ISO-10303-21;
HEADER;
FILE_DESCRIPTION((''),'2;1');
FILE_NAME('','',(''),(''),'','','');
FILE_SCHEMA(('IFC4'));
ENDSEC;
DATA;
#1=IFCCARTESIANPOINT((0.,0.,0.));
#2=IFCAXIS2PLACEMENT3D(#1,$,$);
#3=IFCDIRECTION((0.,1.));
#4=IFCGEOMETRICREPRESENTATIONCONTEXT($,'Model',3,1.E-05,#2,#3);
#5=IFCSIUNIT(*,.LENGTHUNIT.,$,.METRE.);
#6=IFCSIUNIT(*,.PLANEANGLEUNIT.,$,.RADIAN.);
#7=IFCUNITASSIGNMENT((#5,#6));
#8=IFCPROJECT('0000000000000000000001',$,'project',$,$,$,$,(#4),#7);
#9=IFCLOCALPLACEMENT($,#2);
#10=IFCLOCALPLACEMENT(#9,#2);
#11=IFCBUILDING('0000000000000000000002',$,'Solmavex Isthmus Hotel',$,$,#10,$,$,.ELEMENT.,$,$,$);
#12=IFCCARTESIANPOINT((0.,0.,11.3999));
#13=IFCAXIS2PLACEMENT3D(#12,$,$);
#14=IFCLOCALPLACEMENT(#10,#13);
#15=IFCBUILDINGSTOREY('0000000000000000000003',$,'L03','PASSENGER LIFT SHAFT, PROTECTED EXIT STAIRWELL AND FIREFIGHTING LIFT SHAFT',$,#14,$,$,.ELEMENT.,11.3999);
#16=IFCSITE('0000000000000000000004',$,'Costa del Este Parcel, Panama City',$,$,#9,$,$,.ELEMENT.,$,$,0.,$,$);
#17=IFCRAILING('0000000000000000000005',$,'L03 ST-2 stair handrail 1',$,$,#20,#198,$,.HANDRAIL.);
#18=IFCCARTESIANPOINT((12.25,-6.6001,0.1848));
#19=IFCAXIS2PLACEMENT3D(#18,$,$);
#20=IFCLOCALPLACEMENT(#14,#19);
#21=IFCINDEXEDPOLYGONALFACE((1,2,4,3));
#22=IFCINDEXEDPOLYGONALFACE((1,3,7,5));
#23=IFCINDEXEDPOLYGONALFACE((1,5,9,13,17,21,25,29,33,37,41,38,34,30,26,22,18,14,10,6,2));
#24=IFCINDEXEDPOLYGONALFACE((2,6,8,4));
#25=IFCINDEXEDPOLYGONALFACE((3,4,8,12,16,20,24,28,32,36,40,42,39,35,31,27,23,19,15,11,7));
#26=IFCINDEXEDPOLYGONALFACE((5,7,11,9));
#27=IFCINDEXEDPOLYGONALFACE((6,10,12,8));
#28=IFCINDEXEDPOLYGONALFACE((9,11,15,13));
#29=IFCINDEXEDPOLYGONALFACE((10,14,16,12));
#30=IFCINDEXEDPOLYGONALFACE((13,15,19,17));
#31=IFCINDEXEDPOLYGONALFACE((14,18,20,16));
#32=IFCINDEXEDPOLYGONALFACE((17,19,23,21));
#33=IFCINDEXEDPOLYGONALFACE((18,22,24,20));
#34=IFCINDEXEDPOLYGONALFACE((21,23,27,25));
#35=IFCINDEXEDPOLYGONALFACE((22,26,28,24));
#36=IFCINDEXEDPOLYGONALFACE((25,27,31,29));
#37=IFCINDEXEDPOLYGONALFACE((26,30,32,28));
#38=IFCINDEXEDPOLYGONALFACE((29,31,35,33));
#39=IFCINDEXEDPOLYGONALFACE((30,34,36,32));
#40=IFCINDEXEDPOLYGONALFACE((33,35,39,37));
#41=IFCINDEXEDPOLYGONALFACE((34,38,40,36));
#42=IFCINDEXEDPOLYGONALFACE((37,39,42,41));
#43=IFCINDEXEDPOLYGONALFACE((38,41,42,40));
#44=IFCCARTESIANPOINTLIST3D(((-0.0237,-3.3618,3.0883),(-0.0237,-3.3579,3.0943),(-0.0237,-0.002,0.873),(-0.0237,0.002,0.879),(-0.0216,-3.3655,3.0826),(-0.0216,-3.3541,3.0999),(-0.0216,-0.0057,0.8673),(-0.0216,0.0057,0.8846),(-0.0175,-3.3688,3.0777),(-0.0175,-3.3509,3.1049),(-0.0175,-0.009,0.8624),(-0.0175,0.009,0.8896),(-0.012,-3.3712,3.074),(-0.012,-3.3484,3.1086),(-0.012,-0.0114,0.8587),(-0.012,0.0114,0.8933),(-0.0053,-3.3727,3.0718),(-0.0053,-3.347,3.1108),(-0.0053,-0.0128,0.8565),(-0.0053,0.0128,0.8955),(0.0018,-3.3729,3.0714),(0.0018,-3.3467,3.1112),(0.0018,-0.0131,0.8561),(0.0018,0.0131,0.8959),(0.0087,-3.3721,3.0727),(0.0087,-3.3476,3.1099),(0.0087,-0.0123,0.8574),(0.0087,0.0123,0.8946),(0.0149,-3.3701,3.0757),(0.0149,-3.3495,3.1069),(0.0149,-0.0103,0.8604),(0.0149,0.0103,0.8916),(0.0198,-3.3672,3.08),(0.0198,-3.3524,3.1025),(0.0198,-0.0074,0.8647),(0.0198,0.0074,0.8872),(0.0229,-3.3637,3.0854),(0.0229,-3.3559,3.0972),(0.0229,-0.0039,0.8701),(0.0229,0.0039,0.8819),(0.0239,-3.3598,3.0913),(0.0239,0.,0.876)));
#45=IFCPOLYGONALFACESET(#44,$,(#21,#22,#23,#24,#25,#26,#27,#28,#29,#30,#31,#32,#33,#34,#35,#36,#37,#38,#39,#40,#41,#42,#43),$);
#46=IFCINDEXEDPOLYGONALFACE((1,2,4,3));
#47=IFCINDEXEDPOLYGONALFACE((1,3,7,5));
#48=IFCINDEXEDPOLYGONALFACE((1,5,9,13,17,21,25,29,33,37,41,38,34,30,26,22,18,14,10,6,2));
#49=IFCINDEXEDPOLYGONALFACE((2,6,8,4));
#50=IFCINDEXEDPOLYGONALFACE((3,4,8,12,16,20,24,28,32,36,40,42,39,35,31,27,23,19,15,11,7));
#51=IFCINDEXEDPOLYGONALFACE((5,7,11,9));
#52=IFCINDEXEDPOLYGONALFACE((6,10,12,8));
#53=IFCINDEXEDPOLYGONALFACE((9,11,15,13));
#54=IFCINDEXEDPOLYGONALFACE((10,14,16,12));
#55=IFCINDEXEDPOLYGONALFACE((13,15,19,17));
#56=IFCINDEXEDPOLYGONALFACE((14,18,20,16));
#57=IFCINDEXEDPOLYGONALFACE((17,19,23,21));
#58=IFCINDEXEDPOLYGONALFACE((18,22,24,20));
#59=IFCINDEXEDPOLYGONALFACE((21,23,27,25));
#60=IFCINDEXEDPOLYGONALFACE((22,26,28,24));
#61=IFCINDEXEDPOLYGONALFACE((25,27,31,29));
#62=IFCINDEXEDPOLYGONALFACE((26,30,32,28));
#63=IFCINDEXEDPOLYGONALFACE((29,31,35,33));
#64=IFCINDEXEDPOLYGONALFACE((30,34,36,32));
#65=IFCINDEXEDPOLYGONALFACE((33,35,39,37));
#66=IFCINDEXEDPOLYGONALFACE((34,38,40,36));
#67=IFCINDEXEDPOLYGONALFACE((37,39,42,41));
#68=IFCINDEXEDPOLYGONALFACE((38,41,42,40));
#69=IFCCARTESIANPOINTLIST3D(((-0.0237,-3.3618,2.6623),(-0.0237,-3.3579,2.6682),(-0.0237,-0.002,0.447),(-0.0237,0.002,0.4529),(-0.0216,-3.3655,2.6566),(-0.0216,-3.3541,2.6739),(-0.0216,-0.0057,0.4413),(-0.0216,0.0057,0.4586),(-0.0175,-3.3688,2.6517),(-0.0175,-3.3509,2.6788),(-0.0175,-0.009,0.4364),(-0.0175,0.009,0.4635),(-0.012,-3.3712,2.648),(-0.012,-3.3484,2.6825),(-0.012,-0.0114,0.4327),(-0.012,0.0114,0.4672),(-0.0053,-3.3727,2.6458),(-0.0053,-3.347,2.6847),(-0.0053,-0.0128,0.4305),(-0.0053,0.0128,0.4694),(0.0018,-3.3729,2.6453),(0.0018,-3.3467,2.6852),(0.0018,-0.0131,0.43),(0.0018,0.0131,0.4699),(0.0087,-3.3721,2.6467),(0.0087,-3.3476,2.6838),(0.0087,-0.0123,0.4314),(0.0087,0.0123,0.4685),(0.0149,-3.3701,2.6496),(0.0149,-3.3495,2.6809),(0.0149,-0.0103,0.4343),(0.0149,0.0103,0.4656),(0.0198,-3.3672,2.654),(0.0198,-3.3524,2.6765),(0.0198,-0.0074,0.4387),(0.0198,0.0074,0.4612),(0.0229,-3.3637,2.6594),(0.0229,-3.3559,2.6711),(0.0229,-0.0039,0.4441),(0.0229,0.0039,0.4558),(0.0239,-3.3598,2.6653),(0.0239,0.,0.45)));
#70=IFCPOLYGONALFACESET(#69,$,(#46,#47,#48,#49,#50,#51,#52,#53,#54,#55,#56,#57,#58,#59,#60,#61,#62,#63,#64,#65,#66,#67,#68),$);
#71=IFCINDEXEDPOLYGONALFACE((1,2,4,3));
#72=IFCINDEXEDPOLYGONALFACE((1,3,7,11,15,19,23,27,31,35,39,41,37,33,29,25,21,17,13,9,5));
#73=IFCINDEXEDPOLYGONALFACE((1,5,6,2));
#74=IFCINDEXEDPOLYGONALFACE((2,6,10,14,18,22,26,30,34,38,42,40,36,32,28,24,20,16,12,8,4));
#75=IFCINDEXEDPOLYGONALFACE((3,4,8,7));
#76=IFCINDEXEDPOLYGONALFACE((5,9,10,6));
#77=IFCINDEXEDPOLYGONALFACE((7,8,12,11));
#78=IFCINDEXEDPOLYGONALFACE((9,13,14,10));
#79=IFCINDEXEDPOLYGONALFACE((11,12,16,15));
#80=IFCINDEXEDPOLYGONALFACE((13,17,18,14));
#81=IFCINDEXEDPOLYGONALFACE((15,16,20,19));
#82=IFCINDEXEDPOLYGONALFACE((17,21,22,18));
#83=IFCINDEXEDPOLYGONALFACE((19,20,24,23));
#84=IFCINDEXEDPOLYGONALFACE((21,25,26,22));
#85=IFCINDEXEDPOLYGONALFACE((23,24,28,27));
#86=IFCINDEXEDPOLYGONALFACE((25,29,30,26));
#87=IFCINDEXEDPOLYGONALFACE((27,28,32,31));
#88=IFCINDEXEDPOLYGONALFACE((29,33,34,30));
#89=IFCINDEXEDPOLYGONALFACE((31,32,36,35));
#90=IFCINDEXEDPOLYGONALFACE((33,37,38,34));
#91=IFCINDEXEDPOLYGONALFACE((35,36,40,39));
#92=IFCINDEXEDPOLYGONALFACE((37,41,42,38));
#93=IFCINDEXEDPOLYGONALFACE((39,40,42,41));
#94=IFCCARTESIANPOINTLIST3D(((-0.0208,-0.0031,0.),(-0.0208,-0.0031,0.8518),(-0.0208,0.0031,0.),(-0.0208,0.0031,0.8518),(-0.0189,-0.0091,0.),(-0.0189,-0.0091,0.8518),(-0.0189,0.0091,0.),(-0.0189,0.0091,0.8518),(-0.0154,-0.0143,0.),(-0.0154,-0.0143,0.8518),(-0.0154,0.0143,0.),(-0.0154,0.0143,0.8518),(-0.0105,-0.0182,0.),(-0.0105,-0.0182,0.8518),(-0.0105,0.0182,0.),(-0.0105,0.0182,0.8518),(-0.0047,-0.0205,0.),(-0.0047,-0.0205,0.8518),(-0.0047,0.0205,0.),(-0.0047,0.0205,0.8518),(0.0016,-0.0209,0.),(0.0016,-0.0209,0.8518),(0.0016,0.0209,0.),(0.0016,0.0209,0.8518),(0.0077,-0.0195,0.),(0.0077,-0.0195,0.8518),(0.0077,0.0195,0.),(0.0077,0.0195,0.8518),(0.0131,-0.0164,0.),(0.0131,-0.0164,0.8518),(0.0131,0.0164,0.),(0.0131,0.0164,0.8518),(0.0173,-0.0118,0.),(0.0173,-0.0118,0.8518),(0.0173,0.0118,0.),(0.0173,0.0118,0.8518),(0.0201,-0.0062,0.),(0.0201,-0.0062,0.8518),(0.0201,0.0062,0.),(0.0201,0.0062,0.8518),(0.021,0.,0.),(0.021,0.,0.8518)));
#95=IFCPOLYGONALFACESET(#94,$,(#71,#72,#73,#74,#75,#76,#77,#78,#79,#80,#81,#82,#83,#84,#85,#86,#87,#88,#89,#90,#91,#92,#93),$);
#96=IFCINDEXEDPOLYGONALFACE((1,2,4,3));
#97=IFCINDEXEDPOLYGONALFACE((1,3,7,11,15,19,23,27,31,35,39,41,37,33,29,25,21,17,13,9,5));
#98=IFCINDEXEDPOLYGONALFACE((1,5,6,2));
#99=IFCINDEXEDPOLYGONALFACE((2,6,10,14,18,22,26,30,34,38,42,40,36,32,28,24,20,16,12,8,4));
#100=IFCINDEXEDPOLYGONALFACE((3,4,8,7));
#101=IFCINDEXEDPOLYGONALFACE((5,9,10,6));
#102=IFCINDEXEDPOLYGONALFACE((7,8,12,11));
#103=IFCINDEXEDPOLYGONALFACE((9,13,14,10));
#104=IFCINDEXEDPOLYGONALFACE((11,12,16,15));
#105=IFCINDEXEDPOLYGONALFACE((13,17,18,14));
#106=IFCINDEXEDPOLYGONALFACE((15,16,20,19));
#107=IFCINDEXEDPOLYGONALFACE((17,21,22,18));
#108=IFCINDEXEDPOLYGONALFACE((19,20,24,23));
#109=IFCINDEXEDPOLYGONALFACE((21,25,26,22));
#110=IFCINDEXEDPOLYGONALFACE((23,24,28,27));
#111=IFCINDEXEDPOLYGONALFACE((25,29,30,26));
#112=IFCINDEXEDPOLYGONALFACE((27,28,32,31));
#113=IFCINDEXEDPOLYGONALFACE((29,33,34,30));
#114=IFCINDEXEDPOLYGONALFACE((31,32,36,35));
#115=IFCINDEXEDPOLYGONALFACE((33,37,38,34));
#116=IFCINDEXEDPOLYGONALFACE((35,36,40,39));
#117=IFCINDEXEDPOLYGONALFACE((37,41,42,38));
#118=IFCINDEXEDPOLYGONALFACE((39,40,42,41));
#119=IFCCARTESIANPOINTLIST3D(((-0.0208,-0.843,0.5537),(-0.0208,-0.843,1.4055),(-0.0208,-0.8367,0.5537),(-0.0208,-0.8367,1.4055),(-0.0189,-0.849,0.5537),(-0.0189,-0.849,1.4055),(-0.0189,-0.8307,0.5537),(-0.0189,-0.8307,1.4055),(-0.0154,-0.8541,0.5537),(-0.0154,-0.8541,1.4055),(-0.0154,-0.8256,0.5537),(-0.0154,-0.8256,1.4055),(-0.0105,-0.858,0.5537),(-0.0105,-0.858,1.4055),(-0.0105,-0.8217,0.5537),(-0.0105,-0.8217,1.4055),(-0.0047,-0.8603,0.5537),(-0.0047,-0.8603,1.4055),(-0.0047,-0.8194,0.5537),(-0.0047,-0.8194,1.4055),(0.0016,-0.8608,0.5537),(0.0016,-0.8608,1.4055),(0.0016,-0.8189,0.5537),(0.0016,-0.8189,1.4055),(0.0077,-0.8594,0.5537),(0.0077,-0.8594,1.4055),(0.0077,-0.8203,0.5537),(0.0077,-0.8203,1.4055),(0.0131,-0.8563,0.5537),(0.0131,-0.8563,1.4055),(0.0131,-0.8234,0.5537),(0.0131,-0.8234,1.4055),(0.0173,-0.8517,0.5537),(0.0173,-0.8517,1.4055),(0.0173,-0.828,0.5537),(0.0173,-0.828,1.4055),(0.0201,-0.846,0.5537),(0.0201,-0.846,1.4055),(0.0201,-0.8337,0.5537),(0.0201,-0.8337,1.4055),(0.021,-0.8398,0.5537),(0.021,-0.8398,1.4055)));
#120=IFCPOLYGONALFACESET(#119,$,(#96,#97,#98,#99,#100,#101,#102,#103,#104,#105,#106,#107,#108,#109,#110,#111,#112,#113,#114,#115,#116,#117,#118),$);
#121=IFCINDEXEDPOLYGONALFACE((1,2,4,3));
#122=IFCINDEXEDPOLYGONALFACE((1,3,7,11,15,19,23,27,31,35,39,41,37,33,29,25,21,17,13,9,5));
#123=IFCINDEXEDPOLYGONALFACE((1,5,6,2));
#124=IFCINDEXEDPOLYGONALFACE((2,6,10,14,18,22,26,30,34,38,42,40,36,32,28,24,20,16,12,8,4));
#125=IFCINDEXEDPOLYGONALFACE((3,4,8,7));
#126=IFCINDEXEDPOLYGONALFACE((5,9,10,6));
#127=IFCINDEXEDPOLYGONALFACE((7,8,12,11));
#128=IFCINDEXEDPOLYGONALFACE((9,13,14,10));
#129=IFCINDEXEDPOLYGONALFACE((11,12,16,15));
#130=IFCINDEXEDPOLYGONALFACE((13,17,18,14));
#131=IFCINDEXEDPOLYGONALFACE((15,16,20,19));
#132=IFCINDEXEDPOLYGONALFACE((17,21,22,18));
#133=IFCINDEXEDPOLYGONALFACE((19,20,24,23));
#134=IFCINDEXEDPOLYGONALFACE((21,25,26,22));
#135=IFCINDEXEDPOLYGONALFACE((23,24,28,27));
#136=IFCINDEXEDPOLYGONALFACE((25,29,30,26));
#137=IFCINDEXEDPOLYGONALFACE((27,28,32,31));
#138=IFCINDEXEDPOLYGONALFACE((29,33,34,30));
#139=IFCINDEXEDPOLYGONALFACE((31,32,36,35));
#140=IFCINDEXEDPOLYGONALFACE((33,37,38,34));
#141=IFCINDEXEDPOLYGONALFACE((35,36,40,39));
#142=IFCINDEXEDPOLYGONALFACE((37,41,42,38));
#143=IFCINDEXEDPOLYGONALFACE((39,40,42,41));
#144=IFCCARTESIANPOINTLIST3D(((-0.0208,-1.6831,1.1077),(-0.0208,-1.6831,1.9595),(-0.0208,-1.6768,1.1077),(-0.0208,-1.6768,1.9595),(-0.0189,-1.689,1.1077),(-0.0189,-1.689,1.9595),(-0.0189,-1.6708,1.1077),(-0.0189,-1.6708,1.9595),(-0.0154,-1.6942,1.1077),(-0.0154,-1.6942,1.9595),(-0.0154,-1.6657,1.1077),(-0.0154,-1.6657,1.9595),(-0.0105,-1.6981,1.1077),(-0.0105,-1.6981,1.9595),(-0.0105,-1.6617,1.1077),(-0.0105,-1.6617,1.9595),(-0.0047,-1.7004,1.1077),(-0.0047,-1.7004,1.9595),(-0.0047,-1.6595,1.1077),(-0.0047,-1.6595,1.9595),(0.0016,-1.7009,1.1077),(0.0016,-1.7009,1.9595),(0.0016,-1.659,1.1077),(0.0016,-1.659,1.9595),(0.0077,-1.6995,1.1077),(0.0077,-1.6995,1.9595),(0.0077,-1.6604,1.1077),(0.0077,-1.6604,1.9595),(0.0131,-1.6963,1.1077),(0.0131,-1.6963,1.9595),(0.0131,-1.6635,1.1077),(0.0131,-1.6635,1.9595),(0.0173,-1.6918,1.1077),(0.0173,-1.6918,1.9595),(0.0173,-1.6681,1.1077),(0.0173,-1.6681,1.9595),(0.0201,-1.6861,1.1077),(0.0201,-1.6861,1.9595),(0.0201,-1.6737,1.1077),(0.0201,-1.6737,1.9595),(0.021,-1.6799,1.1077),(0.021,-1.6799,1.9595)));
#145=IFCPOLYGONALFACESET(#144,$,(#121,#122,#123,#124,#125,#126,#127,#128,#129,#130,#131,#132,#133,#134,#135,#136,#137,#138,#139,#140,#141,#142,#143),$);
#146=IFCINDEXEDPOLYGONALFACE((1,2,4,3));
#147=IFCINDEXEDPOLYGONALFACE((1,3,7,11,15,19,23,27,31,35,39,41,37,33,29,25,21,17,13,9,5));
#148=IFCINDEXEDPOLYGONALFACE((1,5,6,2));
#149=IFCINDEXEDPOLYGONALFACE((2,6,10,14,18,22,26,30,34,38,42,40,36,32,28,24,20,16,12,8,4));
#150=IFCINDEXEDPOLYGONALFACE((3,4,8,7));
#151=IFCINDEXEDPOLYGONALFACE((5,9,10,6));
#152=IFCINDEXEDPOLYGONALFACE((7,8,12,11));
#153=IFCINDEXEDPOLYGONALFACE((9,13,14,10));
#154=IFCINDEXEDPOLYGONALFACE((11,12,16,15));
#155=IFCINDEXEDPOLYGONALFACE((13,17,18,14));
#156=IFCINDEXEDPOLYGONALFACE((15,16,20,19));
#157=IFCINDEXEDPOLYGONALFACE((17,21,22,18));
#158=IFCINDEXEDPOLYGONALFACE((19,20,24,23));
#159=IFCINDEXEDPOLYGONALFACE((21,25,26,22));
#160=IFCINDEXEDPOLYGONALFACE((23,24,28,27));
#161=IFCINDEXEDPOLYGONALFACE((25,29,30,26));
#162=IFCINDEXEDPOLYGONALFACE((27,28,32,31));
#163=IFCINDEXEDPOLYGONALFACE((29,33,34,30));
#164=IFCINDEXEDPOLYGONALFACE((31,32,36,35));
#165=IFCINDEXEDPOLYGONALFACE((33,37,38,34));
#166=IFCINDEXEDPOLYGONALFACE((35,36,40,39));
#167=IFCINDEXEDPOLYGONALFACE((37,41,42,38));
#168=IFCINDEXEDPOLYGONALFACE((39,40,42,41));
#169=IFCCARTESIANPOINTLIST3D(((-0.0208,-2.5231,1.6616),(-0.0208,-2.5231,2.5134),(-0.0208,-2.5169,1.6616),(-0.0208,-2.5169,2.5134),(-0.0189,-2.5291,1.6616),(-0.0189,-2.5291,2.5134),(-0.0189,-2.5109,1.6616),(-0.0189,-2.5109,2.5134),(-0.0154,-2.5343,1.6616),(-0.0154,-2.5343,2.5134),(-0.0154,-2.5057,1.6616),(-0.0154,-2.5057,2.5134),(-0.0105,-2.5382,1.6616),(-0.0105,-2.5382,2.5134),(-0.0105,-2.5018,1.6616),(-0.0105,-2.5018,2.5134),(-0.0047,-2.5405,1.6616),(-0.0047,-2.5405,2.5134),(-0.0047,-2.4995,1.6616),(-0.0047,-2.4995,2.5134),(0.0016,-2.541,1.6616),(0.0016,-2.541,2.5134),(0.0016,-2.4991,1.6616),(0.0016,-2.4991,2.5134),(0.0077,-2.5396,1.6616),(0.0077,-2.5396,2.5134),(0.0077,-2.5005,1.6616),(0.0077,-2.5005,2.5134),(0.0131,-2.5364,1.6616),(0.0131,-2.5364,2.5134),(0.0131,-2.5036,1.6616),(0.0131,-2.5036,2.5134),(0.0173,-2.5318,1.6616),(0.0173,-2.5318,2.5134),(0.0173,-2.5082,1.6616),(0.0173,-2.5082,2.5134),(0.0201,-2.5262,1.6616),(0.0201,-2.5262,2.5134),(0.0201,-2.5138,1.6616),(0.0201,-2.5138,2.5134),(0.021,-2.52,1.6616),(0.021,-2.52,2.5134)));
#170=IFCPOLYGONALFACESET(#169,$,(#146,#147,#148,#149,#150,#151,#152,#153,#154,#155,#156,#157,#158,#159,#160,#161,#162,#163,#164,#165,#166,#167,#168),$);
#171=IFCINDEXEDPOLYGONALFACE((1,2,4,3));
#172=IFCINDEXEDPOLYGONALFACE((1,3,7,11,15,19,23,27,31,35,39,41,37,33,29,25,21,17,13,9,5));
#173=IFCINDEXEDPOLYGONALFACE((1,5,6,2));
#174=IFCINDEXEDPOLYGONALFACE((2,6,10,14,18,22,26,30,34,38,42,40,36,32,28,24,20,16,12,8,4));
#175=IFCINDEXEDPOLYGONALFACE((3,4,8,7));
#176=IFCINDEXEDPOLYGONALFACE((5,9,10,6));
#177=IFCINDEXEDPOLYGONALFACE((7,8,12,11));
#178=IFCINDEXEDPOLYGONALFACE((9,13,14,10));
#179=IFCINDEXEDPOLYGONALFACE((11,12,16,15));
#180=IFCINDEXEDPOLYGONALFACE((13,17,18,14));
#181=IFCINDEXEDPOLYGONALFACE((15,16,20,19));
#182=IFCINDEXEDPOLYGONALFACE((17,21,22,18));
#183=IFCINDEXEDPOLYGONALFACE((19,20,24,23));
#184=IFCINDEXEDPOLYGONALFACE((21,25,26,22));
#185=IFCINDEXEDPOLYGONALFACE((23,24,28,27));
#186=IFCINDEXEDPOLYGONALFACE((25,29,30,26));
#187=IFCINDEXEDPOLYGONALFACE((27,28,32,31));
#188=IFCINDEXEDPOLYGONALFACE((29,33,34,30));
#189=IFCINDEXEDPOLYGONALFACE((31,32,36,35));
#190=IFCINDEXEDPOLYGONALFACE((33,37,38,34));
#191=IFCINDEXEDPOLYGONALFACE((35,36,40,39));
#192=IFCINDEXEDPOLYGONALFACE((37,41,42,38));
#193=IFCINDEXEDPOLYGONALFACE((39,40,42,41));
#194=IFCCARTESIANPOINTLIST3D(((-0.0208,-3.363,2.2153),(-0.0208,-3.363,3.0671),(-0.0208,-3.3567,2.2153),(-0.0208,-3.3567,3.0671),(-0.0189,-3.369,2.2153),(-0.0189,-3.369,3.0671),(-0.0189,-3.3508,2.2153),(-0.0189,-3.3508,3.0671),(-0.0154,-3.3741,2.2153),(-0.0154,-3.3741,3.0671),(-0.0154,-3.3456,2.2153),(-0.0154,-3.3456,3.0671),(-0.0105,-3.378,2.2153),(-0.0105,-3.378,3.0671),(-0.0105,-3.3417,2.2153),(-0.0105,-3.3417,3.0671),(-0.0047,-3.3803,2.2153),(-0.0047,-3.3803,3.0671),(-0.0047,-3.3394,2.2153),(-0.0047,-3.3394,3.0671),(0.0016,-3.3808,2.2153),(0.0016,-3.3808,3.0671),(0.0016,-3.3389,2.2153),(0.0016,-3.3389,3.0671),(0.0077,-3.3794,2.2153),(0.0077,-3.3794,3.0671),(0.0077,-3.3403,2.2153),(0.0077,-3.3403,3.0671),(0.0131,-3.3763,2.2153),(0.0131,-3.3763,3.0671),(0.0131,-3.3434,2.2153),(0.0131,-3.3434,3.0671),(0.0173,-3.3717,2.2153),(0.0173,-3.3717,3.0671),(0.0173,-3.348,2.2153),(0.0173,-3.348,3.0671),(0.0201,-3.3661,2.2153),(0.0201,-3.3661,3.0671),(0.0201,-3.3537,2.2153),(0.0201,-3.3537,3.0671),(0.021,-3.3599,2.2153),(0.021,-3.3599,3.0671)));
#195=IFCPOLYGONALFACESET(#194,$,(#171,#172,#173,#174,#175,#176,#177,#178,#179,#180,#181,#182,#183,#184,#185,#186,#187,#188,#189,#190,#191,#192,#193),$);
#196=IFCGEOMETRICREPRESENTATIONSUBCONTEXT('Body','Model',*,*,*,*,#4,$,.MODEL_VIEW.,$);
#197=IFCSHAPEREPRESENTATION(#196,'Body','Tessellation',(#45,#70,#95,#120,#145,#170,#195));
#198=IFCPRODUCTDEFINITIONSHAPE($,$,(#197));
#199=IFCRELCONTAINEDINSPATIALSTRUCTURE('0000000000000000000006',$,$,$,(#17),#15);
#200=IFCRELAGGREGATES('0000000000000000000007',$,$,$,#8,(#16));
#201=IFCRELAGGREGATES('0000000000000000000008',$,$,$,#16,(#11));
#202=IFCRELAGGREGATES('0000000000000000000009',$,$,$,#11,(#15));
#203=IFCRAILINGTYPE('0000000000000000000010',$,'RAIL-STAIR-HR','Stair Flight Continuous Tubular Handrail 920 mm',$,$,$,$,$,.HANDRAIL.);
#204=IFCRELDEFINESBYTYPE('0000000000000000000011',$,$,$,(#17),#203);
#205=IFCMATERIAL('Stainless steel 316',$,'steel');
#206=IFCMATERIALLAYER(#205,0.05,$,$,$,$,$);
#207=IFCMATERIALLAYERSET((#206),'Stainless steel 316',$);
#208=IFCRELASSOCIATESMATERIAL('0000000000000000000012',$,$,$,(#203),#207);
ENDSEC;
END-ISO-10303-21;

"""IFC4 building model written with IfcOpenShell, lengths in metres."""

from ifc_helpers import new_model, si_unit, direction, frame, origin, origin_2d, place, context, subcontext, project, spatial, circle, extrude, material, layer, layer_set, type_object, element, save


model = new_model("IFC4")

# Units and contexts
model_context = context("Model", 3, precision=1e-05, world=origin(), true_north=direction((0.0, 1.0)))
body_context = subcontext(model_context, "Body", "Model", "MODEL_VIEW")
ifc_project = project(units=[si_unit("LENGTHUNIT", "METRE"), si_unit("PLANEANGLEUNIT", "RADIAN")], contexts=[model_context])

# Site, building, storey
site_placement = place(None, origin())
site = spatial("IfcSite", under=ifc_project, at=site_placement, Name="Costa del Este Parcel, Panama City", CompositionType="ELEMENT", RefElevation=0.0)
building_placement = place(site_placement, origin())
building = spatial("IfcBuilding", under=site, at=building_placement, Name="Solmavex Isthmus Hotel", CompositionType="ELEMENT")
storey_placement = place(building_placement, frame((0.0, 0.0, 11.3999)))
storey = spatial("IfcBuildingStorey", under=building, at=storey_placement, Name="L03", Description="PASSENGER LIFT SHAFT, PROTECTED EXIT STAIRWELL AND FIREFIGHTING LIFT SHAFT", CompositionType="ELEMENT", Elevation=11.3999)

# Shared definitions
ifc_material_1 = material(Name="Stainless steel 316", Category="steel")

# Railing
ifc_layer_1 = layer(ifc_material_1, 0.05)
ifc_layer_set_1 = layer_set([ifc_layer_1], Name="Stainless steel 316")
railing_type_1 = type_object("IfcRailingType", Name="RAIL-STAIR-HR", Description="Stair Flight Continuous Tubular Handrail 920 mm", PredefinedType="HANDRAIL", material=ifc_layer_set_1)
railing_1_placement = place(storey_placement, frame((12.25, -6.6001, 0.1848)))
element("IfcRailing", 1, at=railing_1_placement, inside=storey, type_object=railing_type_1, Name="L03 ST-2 stair handrail 1", PredefinedType="HANDRAIL", context=body_context, shape_type="SweptSolid", body=[
    extrude(circle(Radius=0.0239, at=origin_2d()), frame((0.0, 0.0, 0.876), z_axis=(0.0, -0.834858, 0.550465), x_axis=(1.0, 0.0, 0.0)), (0.0, 0.0, 1.0), 4.0244),
    extrude(circle(Radius=0.0239, at=origin_2d()), frame((0.0, 0.0, 0.45), z_axis=(0.0, -0.834858, 0.550465), x_axis=(1.0, 0.0, 0.0)), (0.0, 0.0, 1.0), 4.0244),
    extrude(circle(Radius=0.021, at=origin_2d()), origin(), (0.0, 0.0, 1.0), 0.8518),
    extrude(circle(Radius=0.021, at=origin_2d()), frame((0.0, -0.8398, 0.5537)), (0.0, 0.0, 1.0), 0.8518),
    extrude(circle(Radius=0.021, at=origin_2d()), frame((0.0, -1.6799, 1.1077)), (0.0, 0.0, 1.0), 0.8518),
    extrude(circle(Radius=0.021, at=origin_2d()), frame((0.0, -2.52, 1.6616)), (0.0, 0.0, 1.0), 0.8518),
    extrude(circle(Radius=0.021, at=origin_2d()), frame((0.0, -3.3599, 2.2153)), (0.0, 0.0, 1.0), 0.8518),
])

save(model, "model.ifc")
